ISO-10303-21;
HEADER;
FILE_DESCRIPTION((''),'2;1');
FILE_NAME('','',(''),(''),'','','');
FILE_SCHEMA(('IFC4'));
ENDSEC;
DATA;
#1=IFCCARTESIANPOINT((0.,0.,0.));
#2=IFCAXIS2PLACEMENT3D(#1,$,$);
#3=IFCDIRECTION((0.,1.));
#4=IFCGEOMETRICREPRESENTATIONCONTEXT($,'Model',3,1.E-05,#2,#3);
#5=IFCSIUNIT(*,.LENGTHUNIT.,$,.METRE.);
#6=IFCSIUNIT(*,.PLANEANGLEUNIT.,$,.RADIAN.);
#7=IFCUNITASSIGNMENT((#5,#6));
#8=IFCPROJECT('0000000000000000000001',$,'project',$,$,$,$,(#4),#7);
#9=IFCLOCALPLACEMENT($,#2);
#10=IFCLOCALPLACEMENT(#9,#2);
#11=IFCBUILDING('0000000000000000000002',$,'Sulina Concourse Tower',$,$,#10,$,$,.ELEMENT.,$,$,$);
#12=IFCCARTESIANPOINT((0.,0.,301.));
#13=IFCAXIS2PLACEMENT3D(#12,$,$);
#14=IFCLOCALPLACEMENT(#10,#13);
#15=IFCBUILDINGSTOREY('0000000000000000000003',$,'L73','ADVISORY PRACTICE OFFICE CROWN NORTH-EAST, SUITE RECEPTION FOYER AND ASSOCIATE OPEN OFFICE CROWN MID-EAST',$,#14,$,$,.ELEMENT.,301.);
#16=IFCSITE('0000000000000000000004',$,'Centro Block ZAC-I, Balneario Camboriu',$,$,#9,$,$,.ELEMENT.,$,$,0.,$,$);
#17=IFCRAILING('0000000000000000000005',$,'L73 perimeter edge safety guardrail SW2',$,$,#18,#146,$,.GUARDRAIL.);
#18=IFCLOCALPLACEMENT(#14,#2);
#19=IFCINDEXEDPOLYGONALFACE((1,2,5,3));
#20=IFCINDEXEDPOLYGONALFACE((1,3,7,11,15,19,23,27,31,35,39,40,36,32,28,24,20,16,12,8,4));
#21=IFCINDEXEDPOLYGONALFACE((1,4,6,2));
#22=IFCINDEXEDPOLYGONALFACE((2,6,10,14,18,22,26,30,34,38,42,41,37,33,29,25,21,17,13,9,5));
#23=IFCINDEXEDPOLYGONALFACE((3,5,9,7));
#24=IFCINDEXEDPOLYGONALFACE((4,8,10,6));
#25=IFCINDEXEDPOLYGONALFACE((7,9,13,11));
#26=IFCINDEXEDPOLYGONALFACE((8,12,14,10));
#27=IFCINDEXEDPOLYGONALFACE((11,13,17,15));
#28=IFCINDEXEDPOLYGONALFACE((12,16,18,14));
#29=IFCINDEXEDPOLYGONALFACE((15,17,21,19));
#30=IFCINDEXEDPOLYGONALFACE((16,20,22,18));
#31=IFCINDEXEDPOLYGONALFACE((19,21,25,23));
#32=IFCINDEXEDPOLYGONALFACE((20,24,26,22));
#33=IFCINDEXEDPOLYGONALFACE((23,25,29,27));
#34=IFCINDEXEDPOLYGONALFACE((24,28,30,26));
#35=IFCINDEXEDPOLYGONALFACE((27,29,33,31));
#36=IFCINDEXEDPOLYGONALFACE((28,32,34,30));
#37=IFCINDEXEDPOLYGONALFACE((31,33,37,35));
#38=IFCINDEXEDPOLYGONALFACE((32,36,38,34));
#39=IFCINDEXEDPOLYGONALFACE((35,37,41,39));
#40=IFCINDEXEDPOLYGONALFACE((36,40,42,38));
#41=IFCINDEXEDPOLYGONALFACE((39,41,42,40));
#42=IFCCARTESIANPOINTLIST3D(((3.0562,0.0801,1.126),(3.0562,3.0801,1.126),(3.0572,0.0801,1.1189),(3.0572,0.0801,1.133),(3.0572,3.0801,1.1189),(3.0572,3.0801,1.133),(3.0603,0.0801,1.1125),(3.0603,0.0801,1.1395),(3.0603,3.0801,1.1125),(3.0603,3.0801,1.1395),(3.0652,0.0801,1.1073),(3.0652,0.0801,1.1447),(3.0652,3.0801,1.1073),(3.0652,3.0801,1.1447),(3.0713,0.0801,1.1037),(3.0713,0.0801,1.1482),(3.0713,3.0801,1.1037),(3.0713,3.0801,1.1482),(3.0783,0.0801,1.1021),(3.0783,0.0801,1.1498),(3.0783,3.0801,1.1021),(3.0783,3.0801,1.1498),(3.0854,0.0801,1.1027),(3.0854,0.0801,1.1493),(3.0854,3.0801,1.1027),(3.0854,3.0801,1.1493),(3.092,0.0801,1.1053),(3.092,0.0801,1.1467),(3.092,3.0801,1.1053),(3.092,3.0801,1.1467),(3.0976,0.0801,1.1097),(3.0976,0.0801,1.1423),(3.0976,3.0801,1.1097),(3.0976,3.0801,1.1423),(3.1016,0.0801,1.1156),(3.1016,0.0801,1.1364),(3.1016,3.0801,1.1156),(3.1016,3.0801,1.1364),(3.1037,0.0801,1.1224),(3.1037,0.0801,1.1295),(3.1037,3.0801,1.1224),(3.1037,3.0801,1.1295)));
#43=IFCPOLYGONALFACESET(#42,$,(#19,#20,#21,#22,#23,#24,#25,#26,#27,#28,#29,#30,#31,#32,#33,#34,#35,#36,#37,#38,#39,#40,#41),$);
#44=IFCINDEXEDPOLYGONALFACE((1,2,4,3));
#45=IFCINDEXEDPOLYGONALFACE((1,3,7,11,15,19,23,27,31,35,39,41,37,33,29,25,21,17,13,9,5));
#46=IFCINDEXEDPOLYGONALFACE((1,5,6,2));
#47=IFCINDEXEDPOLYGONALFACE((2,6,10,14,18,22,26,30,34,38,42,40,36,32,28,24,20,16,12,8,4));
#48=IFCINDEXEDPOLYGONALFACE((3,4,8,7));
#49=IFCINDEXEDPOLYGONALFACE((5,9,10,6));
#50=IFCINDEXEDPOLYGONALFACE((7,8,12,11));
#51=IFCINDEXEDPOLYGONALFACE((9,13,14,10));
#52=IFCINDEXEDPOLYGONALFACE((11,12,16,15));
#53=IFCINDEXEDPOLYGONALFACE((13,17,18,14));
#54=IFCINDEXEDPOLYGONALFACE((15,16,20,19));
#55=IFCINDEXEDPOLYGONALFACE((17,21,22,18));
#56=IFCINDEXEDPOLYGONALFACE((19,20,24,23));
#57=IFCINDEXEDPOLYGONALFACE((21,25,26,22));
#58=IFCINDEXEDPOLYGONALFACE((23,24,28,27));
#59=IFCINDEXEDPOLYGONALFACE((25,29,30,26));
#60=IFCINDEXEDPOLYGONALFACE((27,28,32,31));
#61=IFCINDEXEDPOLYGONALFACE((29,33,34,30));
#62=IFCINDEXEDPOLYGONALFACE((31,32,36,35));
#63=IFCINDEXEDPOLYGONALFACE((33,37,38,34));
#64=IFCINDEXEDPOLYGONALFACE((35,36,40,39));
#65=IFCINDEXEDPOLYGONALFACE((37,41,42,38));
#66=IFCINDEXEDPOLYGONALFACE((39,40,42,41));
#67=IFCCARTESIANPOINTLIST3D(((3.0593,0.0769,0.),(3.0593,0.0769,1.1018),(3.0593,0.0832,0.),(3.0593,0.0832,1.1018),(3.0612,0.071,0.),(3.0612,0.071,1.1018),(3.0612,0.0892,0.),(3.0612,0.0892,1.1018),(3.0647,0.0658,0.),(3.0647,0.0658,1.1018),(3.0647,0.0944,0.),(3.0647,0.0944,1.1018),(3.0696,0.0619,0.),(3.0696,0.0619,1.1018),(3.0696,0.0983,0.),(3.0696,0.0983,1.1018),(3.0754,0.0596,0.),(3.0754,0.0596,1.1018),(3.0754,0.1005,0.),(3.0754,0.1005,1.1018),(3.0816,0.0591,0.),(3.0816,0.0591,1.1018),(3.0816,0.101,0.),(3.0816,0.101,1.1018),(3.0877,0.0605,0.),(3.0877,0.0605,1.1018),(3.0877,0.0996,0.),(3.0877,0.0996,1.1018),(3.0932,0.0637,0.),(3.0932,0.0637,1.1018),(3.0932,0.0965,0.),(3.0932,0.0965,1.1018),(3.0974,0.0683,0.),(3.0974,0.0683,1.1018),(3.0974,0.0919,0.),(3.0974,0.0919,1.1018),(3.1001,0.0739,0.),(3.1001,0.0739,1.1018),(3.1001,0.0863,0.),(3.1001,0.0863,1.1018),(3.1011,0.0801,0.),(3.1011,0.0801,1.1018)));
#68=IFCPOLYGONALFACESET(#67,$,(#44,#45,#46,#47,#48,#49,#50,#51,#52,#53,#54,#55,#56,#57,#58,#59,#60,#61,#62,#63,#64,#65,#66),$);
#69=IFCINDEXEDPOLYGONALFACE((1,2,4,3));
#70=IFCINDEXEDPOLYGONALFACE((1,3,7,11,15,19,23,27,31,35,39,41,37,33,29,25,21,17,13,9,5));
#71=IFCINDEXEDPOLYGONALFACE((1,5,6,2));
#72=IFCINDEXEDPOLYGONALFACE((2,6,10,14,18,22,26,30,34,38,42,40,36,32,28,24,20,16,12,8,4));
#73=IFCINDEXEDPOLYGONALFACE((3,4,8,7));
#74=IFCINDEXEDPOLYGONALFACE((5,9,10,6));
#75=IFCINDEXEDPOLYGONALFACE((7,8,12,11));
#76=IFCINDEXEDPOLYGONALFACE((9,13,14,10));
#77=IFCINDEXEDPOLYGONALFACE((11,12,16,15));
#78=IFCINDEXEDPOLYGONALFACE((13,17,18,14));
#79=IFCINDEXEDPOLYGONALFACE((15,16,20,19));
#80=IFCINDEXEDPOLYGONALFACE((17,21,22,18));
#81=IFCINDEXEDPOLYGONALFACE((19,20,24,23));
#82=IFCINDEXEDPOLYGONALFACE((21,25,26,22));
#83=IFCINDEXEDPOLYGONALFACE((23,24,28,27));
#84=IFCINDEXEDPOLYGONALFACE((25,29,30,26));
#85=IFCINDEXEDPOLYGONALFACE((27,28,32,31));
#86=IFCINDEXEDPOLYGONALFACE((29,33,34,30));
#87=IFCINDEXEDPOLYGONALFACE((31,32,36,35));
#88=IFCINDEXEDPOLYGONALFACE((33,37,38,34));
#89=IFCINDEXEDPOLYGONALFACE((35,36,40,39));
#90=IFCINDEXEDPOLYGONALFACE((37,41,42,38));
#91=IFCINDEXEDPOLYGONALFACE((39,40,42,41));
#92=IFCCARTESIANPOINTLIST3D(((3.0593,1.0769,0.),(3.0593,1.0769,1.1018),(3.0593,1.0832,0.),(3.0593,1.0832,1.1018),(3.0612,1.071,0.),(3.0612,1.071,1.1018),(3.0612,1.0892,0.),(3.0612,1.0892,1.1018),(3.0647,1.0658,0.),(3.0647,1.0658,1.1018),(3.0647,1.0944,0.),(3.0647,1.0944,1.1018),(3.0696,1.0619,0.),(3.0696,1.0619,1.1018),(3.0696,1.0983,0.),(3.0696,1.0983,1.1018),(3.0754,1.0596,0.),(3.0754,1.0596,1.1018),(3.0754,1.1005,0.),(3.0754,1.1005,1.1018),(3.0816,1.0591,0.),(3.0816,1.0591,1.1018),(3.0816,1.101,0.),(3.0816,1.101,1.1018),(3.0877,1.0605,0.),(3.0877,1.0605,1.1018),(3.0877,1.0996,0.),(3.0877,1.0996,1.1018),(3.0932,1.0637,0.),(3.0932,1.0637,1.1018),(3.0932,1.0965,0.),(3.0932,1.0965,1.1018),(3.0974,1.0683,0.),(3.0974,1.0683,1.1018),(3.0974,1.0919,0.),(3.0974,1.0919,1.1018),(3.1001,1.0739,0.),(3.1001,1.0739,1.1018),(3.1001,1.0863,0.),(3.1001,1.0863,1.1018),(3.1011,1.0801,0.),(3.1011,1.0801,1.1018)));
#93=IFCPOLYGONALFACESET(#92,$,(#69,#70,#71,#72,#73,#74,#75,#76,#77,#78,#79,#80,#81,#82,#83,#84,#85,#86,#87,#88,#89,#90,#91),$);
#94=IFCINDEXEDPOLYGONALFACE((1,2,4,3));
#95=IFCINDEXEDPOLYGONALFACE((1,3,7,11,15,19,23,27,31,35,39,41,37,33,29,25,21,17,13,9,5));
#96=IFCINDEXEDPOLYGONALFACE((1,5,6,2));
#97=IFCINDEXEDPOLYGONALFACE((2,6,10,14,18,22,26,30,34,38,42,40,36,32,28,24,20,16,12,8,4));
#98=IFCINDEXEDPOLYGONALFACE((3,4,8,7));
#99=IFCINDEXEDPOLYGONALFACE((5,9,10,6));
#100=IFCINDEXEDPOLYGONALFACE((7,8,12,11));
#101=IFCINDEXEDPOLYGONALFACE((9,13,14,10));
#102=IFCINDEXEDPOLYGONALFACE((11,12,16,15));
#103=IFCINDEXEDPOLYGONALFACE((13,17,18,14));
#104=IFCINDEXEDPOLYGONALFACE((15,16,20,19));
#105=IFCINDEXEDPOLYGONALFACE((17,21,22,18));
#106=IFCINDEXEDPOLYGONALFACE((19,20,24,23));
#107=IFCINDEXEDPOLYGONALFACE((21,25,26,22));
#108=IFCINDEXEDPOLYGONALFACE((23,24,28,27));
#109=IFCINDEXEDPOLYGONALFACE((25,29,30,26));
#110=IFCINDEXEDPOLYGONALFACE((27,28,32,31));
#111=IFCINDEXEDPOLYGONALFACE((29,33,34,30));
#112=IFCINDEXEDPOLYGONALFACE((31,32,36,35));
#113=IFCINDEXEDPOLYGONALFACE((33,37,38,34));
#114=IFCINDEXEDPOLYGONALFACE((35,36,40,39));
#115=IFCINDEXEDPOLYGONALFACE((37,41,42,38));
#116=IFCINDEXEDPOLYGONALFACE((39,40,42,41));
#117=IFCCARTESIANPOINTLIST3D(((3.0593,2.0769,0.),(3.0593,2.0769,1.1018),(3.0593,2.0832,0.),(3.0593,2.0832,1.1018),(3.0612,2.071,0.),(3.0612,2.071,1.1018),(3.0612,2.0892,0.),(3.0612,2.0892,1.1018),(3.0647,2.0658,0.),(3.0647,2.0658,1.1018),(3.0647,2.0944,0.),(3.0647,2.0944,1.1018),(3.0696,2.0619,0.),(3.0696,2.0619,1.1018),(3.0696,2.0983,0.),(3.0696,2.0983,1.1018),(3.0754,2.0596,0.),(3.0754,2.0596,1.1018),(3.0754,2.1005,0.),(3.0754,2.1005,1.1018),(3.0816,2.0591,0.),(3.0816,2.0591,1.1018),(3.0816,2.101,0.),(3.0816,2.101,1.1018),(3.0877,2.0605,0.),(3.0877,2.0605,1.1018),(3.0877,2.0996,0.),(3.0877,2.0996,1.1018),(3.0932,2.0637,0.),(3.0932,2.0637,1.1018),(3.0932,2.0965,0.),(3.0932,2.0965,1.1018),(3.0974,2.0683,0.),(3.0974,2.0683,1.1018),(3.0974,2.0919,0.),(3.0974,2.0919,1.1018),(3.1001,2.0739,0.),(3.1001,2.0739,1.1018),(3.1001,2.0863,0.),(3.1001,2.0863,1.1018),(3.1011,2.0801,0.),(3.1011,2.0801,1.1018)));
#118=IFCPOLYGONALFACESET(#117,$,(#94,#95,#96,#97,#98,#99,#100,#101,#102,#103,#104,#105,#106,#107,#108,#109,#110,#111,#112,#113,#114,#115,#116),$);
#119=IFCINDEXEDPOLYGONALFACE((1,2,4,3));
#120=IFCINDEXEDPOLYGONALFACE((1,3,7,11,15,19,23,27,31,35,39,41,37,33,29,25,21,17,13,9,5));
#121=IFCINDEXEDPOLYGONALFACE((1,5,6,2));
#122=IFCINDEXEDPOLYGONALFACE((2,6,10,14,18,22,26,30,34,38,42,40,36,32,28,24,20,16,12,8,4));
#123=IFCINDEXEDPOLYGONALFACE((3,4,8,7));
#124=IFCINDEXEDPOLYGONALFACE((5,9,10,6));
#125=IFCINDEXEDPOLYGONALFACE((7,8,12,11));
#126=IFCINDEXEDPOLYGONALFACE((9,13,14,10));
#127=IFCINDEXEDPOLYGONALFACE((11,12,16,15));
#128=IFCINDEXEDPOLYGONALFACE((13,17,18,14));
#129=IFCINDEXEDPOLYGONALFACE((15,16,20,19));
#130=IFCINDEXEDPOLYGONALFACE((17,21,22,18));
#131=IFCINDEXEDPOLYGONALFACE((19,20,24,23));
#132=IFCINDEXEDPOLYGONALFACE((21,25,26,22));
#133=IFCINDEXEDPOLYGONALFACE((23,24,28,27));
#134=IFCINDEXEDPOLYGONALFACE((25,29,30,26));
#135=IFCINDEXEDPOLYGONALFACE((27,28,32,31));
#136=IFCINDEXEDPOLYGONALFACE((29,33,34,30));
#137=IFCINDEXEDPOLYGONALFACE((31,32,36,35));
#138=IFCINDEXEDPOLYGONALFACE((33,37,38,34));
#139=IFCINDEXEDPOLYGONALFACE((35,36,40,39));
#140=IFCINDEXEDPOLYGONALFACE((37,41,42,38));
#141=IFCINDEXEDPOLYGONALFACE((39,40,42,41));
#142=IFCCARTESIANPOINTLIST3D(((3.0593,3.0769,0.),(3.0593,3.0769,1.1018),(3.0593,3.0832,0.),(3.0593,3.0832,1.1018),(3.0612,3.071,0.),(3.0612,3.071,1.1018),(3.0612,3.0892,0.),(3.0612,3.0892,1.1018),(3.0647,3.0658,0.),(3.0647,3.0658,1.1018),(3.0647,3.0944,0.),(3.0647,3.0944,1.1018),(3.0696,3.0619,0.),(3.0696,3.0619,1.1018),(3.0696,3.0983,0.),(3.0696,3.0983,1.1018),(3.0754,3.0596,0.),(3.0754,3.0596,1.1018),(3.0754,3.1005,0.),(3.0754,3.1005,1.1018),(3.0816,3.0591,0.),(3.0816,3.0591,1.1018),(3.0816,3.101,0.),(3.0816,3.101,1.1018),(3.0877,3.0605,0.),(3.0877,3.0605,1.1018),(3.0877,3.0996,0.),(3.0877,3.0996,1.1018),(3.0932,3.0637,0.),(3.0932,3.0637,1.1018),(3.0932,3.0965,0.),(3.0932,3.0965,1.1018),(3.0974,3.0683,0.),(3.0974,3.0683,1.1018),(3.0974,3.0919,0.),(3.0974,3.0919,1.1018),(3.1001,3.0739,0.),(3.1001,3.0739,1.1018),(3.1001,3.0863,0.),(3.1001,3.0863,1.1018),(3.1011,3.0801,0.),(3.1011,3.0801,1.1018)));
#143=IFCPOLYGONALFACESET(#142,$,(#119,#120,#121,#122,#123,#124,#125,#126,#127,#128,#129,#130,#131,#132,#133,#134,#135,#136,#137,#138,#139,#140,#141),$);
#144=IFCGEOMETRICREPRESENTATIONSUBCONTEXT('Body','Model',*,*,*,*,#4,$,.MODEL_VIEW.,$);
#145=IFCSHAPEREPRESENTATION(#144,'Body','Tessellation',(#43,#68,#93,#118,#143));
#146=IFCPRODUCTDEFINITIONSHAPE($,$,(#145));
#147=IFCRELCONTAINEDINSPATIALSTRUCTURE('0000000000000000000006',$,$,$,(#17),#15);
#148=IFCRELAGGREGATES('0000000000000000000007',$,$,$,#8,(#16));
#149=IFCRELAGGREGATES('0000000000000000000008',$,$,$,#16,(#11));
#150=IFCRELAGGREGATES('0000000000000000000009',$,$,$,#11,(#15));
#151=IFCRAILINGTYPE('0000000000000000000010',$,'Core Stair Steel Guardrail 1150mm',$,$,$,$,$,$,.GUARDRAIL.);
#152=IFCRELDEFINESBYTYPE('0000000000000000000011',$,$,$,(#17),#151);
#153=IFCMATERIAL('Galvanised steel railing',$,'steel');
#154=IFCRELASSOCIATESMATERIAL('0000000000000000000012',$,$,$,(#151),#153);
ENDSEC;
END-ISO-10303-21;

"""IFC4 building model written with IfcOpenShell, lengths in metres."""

from ifc_helpers import new_model, si_unit, direction, frame, origin, origin_2d, place, context, subcontext, project, spatial, circle, extrude, material, type_object, element, save


model = new_model("IFC4")

# Units and contexts
model_context = context("Model", 3, precision=1e-05, world=origin(), true_north=direction((0.0, 1.0)))
body_context = subcontext(model_context, "Body", "Model", "MODEL_VIEW")
ifc_project = project(units=[si_unit("LENGTHUNIT", "METRE"), si_unit("PLANEANGLEUNIT", "RADIAN")], contexts=[model_context])

# Site, building, storey
site_placement = place(None, origin())
site = spatial("IfcSite", under=ifc_project, at=site_placement, Name="Centro Block ZAC-I, Balneario Camboriu", CompositionType="ELEMENT", RefElevation=0.0)
building_placement = place(site_placement, origin())
building = spatial("IfcBuilding", under=site, at=building_placement, Name="Sulina Concourse Tower", CompositionType="ELEMENT")
storey_placement = place(building_placement, frame((0.0, 0.0, 301.0)))
storey = spatial("IfcBuildingStorey", under=building, at=storey_placement, Name="L73", Description="ADVISORY PRACTICE OFFICE CROWN NORTH-EAST, SUITE RECEPTION FOYER AND ASSOCIATE OPEN OFFICE CROWN MID-EAST", CompositionType="ELEMENT", Elevation=301.0)

# Railing
ifc_material_1 = material(Name="Galvanised steel railing", Category="steel")
railing_type = type_object("IfcRailingType", Name="Core Stair Steel Guardrail 1150mm", PredefinedType="GUARDRAIL", material=ifc_material_1)
railing_1_placement = place(storey_placement, frame((3.0801, 0.0801, 0.0)))
element("IfcRailing", 1, at=railing_1_placement, inside=storey, type_object=railing_type, Name="L73 perimeter edge safety guardrail SW2", PredefinedType="GUARDRAIL", context=body_context, shape_type="SweptSolid", body=[
    extrude(circle(Radius=0.0239, at=origin_2d()), frame((0.0, 0.0, 1.126), z_axis=(0.0, 1.0, 0.0), x_axis=(-1.0, 0.0, 0.0)), (0.0, 0.0, 1.0), 3.0),
    extrude(circle(Radius=0.021, at=origin_2d()), origin(), (0.0, 0.0, 1.0), 1.1018),
    extrude(circle(Radius=0.021, at=origin_2d()), frame((0.0, 1.0, 0.0)), (0.0, 0.0, 1.0), 1.1018),
    extrude(circle(Radius=0.021, at=origin_2d()), frame((0.0, 2.0, 0.0)), (0.0, 0.0, 1.0), 1.1018),
    extrude(circle(Radius=0.021, at=origin_2d()), frame((0.0, 3.0, 0.0)), (0.0, 0.0, 1.0), 1.1018),
])

save(model, "model.ifc")
